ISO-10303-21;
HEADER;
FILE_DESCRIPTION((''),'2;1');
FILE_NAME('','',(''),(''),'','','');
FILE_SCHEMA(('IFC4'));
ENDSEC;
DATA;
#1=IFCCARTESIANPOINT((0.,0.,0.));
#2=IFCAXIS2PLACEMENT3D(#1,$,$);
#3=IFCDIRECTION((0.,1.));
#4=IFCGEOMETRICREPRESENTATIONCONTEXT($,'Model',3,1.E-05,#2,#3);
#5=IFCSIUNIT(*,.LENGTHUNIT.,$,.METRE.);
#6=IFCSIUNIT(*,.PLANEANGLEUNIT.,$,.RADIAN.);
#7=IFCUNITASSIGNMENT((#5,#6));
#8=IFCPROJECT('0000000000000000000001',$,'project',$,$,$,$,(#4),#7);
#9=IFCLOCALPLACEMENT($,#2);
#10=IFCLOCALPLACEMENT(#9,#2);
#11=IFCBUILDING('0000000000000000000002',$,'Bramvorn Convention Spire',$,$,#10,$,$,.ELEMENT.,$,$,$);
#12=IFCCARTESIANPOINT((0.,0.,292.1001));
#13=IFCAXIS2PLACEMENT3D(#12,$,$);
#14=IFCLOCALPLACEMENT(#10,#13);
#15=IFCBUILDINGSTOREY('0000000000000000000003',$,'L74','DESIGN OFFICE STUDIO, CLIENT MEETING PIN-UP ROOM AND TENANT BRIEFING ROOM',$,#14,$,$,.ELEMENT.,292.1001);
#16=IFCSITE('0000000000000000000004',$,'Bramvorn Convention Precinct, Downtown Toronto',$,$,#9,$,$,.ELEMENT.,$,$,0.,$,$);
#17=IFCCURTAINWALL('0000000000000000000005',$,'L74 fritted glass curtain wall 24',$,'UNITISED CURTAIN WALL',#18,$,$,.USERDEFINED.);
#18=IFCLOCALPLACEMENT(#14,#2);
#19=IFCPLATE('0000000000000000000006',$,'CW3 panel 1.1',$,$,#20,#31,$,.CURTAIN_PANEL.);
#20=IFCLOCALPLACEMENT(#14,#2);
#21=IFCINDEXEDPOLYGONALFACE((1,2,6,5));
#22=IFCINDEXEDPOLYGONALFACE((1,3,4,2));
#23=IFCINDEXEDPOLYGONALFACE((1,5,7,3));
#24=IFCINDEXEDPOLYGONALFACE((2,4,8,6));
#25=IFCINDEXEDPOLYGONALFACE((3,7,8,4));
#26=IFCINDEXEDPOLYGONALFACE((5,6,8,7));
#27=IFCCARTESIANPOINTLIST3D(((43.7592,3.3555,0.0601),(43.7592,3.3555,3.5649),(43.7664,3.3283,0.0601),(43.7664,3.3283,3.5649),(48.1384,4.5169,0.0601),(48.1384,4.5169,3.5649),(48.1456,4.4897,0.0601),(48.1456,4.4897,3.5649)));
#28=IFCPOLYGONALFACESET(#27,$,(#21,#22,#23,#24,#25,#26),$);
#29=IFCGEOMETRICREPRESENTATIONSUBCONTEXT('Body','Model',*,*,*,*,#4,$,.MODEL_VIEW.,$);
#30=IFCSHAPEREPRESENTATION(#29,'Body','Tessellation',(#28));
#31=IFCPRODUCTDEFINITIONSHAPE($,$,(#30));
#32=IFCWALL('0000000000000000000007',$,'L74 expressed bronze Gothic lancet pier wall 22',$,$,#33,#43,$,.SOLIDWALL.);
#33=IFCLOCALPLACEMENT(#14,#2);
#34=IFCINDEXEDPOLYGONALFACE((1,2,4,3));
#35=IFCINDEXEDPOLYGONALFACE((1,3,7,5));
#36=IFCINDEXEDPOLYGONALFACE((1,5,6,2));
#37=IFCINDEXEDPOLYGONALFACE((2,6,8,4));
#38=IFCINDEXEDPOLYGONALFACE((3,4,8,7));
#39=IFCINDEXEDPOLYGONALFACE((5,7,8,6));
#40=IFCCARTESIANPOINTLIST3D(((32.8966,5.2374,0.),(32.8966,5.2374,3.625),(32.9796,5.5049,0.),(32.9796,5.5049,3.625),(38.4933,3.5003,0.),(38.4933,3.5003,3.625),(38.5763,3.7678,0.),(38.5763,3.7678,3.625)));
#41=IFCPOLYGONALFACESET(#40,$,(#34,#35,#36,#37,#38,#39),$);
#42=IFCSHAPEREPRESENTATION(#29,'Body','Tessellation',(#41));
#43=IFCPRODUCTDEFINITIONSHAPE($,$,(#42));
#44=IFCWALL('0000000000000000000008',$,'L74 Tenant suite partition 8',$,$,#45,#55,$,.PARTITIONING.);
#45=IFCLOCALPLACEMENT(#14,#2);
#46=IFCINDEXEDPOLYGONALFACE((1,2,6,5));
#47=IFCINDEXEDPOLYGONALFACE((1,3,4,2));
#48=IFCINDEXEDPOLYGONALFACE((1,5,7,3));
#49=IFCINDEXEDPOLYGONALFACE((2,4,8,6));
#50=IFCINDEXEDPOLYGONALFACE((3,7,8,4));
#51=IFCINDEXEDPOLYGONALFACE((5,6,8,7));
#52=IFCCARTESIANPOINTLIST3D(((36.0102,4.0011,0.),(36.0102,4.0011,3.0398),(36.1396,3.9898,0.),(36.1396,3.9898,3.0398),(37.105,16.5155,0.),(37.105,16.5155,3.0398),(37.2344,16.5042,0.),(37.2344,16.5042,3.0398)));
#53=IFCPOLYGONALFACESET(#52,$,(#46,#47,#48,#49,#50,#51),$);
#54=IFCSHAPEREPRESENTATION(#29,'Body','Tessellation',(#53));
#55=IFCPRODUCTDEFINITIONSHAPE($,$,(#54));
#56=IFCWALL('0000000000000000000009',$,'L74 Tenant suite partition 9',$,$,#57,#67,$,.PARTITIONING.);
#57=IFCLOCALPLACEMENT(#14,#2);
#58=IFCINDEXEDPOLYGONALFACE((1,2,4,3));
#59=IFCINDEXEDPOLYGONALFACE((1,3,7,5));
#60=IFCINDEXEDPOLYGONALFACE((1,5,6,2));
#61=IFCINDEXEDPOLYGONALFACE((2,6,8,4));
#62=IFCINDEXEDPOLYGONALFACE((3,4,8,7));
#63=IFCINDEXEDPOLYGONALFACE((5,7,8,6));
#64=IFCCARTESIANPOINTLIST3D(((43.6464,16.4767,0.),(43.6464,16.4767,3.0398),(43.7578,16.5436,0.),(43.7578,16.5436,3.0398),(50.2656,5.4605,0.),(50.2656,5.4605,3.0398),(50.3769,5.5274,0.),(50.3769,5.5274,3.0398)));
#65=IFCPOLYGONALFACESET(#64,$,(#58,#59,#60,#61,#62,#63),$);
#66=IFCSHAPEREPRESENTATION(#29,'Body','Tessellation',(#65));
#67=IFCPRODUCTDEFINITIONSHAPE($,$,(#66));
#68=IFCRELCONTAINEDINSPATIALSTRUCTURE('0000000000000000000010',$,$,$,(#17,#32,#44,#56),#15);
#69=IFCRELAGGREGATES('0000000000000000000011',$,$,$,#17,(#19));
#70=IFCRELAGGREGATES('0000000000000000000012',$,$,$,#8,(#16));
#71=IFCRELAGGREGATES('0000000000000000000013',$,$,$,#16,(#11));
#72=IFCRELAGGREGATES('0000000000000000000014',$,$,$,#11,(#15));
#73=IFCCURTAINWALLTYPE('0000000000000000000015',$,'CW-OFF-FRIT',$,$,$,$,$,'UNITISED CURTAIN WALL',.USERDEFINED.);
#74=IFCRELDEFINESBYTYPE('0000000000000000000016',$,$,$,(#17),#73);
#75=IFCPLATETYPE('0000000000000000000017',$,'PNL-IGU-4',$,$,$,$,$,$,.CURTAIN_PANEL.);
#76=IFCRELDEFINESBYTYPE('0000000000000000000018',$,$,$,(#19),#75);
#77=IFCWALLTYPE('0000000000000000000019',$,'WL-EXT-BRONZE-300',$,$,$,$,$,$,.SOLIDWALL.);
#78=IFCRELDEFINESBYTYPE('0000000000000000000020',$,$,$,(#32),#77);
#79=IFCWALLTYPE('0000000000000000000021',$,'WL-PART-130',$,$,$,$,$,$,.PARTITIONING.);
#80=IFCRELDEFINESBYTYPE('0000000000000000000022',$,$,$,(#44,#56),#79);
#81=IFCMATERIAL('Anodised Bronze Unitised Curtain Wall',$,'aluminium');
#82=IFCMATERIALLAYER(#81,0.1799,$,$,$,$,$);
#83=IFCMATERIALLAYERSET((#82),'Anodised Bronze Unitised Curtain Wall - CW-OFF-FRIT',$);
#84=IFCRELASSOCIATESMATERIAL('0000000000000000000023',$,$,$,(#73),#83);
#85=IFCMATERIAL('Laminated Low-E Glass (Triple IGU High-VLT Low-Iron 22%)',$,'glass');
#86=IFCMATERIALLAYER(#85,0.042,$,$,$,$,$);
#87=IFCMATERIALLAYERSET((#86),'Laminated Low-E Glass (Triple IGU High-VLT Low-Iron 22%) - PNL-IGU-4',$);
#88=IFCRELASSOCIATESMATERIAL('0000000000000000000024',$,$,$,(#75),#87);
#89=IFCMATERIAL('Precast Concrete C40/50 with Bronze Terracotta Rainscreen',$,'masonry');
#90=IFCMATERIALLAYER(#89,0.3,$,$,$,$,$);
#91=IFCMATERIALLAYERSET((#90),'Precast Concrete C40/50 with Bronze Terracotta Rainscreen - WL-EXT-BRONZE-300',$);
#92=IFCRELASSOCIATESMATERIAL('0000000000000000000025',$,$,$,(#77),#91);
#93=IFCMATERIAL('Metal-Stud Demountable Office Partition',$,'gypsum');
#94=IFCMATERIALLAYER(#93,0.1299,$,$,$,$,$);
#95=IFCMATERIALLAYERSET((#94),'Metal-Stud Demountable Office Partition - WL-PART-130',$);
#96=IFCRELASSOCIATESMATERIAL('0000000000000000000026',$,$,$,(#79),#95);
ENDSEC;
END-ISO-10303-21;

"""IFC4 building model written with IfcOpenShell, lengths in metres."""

from ifc_helpers import new_model, si_unit, direction, frame, frame_2d, origin, origin_2d, place, context, subcontext, project, spatial, rectangle, extrude, material, layer, layer_set, type_object, element, aggregate, save


model = new_model("IFC4")

# Units and contexts
model_context = context("Model", 3, precision=1e-05, world=origin(), true_north=direction((0.0, 1.0)))
body_context = subcontext(model_context, "Body", "Model", "MODEL_VIEW")
ifc_project = project(units=[si_unit("LENGTHUNIT", "METRE"), si_unit("PLANEANGLEUNIT", "RADIAN")], contexts=[model_context])

# Site, building, storey
site_placement = place(None, origin())
site = spatial("IfcSite", under=ifc_project, at=site_placement, Name="Bramvorn Convention Precinct, Downtown Toronto", CompositionType="ELEMENT", RefElevation=0.0)
building_placement = place(site_placement, origin())
building = spatial("IfcBuilding", under=site, at=building_placement, Name="Bramvorn Convention Spire", CompositionType="ELEMENT")
storey_placement = place(building_placement, frame((0.0, 0.0, 292.1001)))
storey = spatial("IfcBuildingStorey", under=building, at=storey_placement, Name="L74", Description="DESIGN OFFICE STUDIO, CLIENT MEETING PIN-UP ROOM AND TENANT BRIEFING ROOM", CompositionType="ELEMENT", Elevation=292.1001)

# Shared definitions
ifc_material_1 = material(Name="Anodised Bronze Unitised Curtain Wall", Category="aluminium")
ifc_layer_1 = layer(ifc_material_1, 0.1799)
ifc_layer_set_1 = layer_set([ifc_layer_1], Name="Anodised Bronze Unitised Curtain Wall - CW-OFF-FRIT")
curtain_wall_type = type_object("IfcCurtainWallType", Name="CW-OFF-FRIT", ElementType="UNITISED CURTAIN WALL", PredefinedType="USERDEFINED", material=ifc_layer_set_1)

# Curtain wall
curtain_wall_1_placement = place(storey_placement, origin())
curtain_wall_1 = element("IfcCurtainWall", 1, at=curtain_wall_1_placement, inside=storey, type_object=curtain_wall_type, Name="L74 fritted glass curtain wall 24", ObjectType="UNITISED CURTAIN WALL", PredefinedType="USERDEFINED")

# Plate
ifc_material_2 = material(Name="Laminated Low-E Glass (Triple IGU High-VLT Low-Iron 22%)", Category="glass")
ifc_layer_2 = layer(ifc_material_2, 0.042)
ifc_layer_set_2 = layer_set([ifc_layer_2], Name="Laminated Low-E Glass (Triple IGU High-VLT Low-Iron 22%) - PNL-IGU-4")
plate_type = type_object("IfcPlateType", Name="PNL-IGU-4", PredefinedType="CURTAIN_PANEL", material=ifc_layer_set_2)
plate_1_placement = place(storey_placement, frame((45.9524, 3.9226, 0.0601), z_axis=(0.0, 0.0, 1.0), x_axis=(-0.966583, -0.256354, 0.0)))
plate_1 = element("IfcPlate", 2, at=plate_1_placement, type_object=plate_type, Name="CW3 panel 1.1", PredefinedType="CURTAIN_PANEL", context=body_context, shape_type="SweptSolid", body=[
    extrude(rectangle(XDim=4.5305, YDim=0.0281, at=origin_2d()), origin(), (0.0, 0.0, 1.0), 3.5049),
])
aggregate(curtain_wall_1, [plate_1])

# Walls
ifc_material_3 = material(Name="Precast Concrete C40/50 with Bronze Terracotta Rainscreen", Category="masonry")
ifc_layer_3 = layer(ifc_material_3, 0.3)
ifc_layer_set_3 = layer_set([ifc_layer_3], Name="Precast Concrete C40/50 with Bronze Terracotta Rainscreen - WL-EXT-BRONZE-300")
wall_type_1 = type_object("IfcWallType", Name="WL-EXT-BRONZE-300", PredefinedType="SOLIDWALL", material=ifc_layer_set_3)
wall_1_placement = place(storey_placement, frame((38.5349, 3.634, 0.0), z_axis=(0.0, 0.0, 1.0), x_axis=(-0.955056, 0.296424, 0.0)))
element("IfcWall", 3, at=wall_1_placement, inside=storey, type_object=wall_type_1, Name="L74 expressed bronze Gothic lancet pier wall 22", PredefinedType="SOLIDWALL", context=body_context, shape_type="SweptSolid", body=[
    extrude(rectangle(XDim=5.8601, YDim=0.28, at=frame_2d((2.9302, 0.0))), origin(), (0.0, 0.0, 1.0), 3.625),
])
ifc_material_4 = material(Name="Metal-Stud Demountable Office Partition", Category="gypsum")
ifc_layer_4 = layer(ifc_material_4, 0.1299)
ifc_layer_set_4 = layer_set([ifc_layer_4], Name="Metal-Stud Demountable Office Partition - WL-PART-130")
wall_type_2 = type_object("IfcWallType", Name="WL-PART-130", PredefinedType="PARTITIONING", material=ifc_layer_set_4)
wall_2_placement = place(storey_placement, frame((37.1697, 16.51, 0.0), z_axis=(0.0, 0.0, 1.0), x_axis=(-0.087145, -0.996196, 0.0)))
element("IfcWall", 4, at=wall_2_placement, inside=storey, type_object=wall_type_2, Name="L74 Tenant suite partition 8", PredefinedType="PARTITIONING", context=body_context, shape_type="SweptSolid", body=[
    extrude(rectangle(XDim=12.5623, YDim=0.1299, at=frame_2d((6.2812, 0.0))), origin(), (0.0, 0.0, 1.0), 3.0398),
])
wall_3_placement = place(storey_placement, frame((43.7021, 16.51, 0.0), z_axis=(0.0, 0.0, 1.0), x_axis=(0.515038, -0.857168, 0.0)))
element("IfcWall", 5, at=wall_3_placement, inside=storey, type_object=wall_type_2, Name="L74 Tenant suite partition 9", PredefinedType="PARTITIONING", context=body_context, shape_type="SweptSolid", body=[
    extrude(rectangle(XDim=12.8518, YDim=0.1299, at=frame_2d((6.4258, 0.0))), origin(), (0.0, 0.0, 1.0), 3.0398),
])

save(model, "model.ifc")
